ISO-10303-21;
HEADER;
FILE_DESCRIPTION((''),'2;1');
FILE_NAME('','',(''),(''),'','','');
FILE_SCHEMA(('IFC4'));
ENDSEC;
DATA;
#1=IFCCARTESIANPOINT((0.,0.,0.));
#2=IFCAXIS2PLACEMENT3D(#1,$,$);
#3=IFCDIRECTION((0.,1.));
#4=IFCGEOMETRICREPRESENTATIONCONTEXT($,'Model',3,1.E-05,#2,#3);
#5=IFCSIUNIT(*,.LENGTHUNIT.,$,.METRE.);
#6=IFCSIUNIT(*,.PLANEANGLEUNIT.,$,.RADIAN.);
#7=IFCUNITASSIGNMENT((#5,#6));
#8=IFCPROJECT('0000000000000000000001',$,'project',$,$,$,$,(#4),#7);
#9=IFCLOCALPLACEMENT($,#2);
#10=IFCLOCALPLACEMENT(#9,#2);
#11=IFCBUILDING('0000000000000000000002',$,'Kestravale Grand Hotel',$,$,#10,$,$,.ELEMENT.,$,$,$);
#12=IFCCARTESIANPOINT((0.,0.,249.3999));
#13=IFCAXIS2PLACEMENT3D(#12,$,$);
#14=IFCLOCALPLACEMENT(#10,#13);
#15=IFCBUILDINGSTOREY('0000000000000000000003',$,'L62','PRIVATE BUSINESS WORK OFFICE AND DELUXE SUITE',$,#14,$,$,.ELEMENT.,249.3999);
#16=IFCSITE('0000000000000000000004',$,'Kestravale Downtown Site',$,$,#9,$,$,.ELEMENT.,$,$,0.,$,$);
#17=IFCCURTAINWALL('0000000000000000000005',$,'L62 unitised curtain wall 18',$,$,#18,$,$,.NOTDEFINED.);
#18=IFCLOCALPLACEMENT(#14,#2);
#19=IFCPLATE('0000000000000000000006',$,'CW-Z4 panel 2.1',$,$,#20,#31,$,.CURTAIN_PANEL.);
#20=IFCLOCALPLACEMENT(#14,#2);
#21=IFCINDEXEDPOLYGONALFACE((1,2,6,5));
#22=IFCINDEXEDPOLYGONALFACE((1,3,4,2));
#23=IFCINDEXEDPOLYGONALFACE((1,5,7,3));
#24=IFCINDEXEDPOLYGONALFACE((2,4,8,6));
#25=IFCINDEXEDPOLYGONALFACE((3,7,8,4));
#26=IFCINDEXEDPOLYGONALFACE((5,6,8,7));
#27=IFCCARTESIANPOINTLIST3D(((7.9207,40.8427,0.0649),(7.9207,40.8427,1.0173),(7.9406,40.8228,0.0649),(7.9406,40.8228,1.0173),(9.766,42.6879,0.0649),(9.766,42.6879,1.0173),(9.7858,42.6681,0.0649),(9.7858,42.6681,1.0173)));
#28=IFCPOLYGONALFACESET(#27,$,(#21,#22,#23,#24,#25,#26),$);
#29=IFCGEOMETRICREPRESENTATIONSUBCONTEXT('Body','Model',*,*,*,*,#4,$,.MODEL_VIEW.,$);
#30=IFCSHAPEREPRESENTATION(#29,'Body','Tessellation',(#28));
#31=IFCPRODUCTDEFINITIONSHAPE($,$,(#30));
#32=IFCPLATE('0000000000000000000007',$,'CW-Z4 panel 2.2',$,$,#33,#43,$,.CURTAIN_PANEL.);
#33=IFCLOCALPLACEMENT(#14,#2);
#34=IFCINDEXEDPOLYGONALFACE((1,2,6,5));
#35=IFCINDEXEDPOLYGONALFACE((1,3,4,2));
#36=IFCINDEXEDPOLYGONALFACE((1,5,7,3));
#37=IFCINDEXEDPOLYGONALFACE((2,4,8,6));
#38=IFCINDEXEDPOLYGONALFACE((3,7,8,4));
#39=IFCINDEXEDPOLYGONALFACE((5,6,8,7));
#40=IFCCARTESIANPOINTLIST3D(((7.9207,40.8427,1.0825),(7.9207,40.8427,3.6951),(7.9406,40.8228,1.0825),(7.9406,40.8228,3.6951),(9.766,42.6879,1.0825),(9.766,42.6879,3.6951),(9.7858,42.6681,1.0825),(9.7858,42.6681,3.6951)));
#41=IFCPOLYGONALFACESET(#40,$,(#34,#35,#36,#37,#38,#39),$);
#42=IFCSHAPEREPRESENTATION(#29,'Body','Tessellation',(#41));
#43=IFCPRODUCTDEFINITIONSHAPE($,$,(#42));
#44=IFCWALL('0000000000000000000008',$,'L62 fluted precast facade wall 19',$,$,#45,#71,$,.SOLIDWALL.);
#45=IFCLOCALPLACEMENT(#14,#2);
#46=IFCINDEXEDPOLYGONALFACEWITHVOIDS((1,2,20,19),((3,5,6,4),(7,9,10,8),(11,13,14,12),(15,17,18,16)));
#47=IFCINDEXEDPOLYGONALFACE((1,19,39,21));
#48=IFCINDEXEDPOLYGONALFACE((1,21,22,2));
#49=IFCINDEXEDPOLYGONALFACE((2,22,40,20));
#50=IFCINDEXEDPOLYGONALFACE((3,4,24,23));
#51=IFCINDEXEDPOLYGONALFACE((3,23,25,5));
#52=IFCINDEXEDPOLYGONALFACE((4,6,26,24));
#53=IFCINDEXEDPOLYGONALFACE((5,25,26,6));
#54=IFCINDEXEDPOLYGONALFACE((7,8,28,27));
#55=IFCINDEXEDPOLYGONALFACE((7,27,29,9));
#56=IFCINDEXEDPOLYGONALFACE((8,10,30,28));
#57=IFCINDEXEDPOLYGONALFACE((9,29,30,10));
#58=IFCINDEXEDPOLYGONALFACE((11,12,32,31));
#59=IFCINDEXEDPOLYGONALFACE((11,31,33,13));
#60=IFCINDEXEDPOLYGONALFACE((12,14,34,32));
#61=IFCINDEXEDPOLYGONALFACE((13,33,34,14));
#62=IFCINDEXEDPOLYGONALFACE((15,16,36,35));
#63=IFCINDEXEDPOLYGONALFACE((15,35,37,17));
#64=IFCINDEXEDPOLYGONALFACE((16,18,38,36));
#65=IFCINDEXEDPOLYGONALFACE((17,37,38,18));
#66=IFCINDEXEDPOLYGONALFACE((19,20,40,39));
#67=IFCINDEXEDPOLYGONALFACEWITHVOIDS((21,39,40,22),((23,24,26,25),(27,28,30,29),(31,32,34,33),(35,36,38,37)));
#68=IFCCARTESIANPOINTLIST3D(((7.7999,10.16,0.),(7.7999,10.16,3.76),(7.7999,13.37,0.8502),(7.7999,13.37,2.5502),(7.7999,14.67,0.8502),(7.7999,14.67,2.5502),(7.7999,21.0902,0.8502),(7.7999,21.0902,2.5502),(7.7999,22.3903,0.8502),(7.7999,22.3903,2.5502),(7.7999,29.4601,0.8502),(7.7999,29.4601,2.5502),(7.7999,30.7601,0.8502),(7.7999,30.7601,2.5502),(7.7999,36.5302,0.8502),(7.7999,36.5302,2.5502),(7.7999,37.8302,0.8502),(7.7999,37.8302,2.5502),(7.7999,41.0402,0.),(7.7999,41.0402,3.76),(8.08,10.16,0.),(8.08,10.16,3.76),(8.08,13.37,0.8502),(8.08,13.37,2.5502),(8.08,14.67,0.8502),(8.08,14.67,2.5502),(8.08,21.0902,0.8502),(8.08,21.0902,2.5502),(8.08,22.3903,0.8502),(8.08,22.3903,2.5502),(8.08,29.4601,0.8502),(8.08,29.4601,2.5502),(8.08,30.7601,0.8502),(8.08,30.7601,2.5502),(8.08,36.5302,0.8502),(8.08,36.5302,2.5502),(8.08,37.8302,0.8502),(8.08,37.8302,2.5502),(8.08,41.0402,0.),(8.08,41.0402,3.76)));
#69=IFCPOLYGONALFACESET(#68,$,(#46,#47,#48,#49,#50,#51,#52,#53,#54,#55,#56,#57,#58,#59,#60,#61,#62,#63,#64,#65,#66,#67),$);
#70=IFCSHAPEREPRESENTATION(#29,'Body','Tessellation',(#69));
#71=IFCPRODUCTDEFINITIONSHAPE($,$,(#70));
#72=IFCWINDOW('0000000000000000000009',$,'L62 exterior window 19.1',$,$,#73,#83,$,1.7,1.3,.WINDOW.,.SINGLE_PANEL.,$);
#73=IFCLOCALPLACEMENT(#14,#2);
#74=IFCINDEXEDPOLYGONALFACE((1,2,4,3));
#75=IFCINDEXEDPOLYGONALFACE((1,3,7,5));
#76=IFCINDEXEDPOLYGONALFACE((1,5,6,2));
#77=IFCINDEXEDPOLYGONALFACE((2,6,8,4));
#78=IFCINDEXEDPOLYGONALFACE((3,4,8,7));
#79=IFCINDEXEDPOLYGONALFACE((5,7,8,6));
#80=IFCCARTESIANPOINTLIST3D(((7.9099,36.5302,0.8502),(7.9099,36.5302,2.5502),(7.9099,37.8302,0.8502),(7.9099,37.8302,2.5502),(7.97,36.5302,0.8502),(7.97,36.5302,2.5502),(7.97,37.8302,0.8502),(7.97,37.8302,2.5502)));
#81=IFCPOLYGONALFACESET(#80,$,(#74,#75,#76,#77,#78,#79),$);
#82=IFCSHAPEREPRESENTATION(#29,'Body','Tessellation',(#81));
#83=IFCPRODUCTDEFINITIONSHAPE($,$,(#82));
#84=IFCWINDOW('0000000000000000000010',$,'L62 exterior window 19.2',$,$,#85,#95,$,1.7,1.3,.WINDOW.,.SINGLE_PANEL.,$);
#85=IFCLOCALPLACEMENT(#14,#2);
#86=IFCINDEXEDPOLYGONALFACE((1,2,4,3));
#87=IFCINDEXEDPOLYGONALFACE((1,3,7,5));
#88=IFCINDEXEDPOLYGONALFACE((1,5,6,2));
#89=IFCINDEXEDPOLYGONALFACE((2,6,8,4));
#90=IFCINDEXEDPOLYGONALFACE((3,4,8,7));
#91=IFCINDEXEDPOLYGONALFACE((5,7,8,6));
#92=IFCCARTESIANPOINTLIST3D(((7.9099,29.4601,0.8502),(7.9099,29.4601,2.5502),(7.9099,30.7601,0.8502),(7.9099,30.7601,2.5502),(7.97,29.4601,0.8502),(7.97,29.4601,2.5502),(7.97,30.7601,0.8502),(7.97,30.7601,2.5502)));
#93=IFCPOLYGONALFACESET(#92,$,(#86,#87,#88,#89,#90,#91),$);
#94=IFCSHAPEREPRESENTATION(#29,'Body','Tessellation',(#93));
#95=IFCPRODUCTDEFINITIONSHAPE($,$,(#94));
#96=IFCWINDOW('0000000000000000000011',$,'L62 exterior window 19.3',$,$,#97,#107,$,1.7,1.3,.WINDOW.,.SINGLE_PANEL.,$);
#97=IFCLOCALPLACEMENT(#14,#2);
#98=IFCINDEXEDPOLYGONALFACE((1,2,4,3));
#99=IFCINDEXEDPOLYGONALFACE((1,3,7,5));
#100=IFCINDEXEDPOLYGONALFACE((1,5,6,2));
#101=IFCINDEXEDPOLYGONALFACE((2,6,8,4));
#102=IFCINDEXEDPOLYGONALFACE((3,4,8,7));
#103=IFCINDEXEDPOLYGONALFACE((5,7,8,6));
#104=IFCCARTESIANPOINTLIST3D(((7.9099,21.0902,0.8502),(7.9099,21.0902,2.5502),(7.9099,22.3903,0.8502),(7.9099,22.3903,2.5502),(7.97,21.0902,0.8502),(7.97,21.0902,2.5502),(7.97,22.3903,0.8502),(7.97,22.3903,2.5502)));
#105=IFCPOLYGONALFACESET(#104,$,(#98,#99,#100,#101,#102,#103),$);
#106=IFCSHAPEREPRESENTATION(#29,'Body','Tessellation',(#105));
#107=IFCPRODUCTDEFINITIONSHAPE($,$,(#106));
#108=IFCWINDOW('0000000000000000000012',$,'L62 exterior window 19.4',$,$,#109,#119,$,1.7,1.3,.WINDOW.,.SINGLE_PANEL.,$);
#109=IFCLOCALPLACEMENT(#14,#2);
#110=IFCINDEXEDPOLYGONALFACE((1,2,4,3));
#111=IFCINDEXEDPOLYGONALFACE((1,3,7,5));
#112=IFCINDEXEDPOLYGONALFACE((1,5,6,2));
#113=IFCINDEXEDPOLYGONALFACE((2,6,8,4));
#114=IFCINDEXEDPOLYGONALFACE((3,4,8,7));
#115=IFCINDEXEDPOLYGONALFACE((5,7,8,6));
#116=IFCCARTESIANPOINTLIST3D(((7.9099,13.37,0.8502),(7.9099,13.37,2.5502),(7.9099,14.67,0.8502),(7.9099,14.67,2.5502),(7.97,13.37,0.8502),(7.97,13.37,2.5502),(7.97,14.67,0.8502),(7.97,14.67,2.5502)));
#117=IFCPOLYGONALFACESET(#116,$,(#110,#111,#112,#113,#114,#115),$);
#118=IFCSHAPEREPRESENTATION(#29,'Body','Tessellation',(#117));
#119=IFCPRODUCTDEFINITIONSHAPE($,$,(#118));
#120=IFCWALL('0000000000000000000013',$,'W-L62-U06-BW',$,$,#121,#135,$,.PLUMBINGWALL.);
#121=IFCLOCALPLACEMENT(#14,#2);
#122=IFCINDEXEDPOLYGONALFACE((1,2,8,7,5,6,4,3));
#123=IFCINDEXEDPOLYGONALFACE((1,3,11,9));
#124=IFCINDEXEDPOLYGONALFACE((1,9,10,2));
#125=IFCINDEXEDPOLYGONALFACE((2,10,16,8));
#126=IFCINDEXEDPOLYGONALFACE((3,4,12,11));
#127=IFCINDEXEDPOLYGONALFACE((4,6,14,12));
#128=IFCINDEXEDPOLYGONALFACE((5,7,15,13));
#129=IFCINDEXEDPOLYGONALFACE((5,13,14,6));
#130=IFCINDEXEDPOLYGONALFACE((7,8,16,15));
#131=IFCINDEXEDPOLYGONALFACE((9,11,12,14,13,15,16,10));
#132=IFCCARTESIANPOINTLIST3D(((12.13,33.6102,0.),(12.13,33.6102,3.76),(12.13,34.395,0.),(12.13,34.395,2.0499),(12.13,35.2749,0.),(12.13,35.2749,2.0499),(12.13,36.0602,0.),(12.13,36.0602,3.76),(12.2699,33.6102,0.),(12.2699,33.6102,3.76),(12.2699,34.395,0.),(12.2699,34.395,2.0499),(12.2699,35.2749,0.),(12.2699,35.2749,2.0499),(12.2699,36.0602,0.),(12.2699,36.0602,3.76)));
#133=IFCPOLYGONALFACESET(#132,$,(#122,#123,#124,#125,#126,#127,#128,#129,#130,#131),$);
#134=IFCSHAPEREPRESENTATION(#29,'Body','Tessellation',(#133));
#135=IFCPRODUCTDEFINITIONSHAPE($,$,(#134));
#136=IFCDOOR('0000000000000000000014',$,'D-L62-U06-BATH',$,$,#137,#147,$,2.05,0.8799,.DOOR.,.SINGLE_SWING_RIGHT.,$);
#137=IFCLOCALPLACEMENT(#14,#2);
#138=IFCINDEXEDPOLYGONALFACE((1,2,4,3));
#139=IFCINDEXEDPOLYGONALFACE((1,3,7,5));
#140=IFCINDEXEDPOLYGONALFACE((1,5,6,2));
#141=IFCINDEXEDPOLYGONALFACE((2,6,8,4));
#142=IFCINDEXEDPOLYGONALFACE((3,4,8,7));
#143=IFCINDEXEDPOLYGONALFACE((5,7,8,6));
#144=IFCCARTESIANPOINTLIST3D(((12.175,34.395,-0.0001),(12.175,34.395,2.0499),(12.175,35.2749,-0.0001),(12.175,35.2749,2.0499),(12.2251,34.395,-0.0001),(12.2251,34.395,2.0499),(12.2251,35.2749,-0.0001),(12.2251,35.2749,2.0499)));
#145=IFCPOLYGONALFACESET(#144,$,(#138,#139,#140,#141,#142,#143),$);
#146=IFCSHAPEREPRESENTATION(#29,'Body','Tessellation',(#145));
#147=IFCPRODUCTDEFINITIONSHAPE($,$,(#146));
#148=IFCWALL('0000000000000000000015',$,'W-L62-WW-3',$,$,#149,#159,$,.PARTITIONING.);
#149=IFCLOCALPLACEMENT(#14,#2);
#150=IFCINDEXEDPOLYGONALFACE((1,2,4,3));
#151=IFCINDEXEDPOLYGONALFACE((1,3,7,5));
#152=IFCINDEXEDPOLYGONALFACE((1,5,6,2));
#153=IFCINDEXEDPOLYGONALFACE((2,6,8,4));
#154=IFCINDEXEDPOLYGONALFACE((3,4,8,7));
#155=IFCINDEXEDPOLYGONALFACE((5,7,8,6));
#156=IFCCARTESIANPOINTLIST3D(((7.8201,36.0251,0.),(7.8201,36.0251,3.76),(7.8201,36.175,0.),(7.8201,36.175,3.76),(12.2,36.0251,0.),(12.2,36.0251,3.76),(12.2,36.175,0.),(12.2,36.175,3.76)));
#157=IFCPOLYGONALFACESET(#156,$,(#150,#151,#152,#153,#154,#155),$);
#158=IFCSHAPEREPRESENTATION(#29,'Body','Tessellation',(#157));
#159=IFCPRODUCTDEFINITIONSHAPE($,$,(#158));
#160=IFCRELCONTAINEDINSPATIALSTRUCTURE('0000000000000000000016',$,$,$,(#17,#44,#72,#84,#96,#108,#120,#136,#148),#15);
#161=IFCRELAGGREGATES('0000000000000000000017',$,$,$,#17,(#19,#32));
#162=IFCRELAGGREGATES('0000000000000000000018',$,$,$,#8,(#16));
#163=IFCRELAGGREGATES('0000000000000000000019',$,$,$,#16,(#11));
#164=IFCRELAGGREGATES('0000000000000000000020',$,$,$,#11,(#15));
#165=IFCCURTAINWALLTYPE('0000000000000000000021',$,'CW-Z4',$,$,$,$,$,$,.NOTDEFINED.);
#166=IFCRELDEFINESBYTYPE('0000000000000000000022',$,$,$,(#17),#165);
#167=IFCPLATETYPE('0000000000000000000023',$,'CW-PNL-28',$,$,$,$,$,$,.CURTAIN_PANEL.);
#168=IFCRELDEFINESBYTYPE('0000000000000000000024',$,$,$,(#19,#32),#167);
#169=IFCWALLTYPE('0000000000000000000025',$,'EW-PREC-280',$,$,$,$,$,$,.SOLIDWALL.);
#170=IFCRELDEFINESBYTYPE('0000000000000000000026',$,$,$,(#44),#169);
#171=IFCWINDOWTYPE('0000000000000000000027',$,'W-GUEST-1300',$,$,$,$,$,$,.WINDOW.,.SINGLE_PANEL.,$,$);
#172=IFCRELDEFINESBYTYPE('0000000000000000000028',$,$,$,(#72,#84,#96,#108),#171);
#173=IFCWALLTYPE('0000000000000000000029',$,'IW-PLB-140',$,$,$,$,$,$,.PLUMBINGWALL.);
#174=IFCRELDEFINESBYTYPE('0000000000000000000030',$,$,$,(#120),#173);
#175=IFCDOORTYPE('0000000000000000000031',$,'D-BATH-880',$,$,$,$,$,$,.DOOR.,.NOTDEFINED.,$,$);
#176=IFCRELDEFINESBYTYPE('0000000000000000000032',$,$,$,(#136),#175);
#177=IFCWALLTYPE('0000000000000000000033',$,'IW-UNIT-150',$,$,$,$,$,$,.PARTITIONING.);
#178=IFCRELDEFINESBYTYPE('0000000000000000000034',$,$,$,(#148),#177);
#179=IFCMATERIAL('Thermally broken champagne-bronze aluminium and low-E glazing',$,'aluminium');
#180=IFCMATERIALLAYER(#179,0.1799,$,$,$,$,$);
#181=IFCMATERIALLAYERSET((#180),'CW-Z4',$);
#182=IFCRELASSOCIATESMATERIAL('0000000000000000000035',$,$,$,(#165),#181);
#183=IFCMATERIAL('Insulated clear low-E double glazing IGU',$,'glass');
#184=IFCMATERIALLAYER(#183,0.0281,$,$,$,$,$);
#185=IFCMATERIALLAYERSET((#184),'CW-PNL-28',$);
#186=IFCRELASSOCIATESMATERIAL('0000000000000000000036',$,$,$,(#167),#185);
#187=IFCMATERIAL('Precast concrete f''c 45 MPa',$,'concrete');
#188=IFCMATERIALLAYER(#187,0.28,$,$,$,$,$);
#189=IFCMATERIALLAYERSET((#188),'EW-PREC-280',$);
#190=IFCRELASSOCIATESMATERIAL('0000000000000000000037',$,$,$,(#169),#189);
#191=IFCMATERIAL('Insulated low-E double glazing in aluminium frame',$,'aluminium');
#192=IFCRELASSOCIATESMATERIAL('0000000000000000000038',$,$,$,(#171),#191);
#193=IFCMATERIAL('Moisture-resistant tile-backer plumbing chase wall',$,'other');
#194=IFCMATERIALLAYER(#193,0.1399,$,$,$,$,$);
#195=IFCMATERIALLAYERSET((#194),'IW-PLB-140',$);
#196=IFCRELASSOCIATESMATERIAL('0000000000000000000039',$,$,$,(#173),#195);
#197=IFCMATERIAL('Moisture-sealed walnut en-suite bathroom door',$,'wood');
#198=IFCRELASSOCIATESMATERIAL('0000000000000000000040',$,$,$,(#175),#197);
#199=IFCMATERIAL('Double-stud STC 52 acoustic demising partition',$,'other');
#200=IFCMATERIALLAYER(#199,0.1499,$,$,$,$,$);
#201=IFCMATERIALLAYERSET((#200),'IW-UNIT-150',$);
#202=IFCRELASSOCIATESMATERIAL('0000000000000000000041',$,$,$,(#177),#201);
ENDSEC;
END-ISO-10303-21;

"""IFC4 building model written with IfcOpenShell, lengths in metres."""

from ifc_helpers import new_model, si_unit, direction, frame, frame_2d, origin, origin_2d, place, context, subcontext, project, spatial, rectangle, extrude, material, layer, layer_set, type_object, element, fill, aggregate, save


model = new_model("IFC4")

# Units and contexts
model_context = context("Model", 3, precision=1e-05, world=origin(), true_north=direction((0.0, 1.0)))
body_context = subcontext(model_context, "Body", "Model", "MODEL_VIEW")
ifc_project = project(units=[si_unit("LENGTHUNIT", "METRE"), si_unit("PLANEANGLEUNIT", "RADIAN")], contexts=[model_context])

# Site, building, storey
site_placement = place(None, origin())
site = spatial("IfcSite", under=ifc_project, at=site_placement, Name="Kestravale Downtown Site", CompositionType="ELEMENT", RefElevation=0.0)
building_placement = place(site_placement, origin())
building = spatial("IfcBuilding", under=site, at=building_placement, Name="Kestravale Grand Hotel", CompositionType="ELEMENT")
storey_placement = place(building_placement, frame((0.0, 0.0, 249.3999)))
storey = spatial("IfcBuildingStorey", under=building, at=storey_placement, Name="L62", Description="PRIVATE BUSINESS WORK OFFICE AND DELUXE SUITE", CompositionType="ELEMENT", Elevation=249.3999)

# Curtain wall, plates
ifc_material_1 = material(Name="Thermally broken champagne-bronze aluminium and low-E glazing", Category="aluminium")
ifc_layer_1 = layer(ifc_material_1, 0.1799)
ifc_layer_set_1 = layer_set([ifc_layer_1], Name="CW-Z4")
curtain_wall_type = type_object("IfcCurtainWallType", Name="CW-Z4", PredefinedType="NOTDEFINED", material=ifc_layer_set_1)
curtain_wall_placement = place(storey_placement, origin())
curtain_wall = element("IfcCurtainWall", 1, at=curtain_wall_placement, inside=storey, type_object=curtain_wall_type, Name="L62 unitised curtain wall 18", PredefinedType="NOTDEFINED")
ifc_material_2 = material(Name="Insulated clear low-E double glazing IGU", Category="glass")
ifc_layer_2 = layer(ifc_material_2, 0.0281)
ifc_layer_set_2 = layer_set([ifc_layer_2], Name="CW-PNL-28")
plate_type = type_object("IfcPlateType", Name="CW-PNL-28", PredefinedType="CURTAIN_PANEL", material=ifc_layer_set_2)
plate_1_placement = place(storey_placement, frame((8.8533, 41.7554, 0.0649), z_axis=(0.0, 0.0, 1.0), x_axis=(-0.707107, -0.707107, 0.0)))
plate_1 = element("IfcPlate", 2, at=plate_1_placement, type_object=plate_type, Name="CW-Z4 panel 2.1", PredefinedType="CURTAIN_PANEL", context=body_context, shape_type="SweptSolid", body=[
    extrude(rectangle(XDim=2.6096, YDim=0.0281, at=origin_2d()), origin(), (0.0, 0.0, 1.0), 0.9524),
])
plate_2_placement = place(storey_placement, frame((8.8533, 41.7554, 1.0825), z_axis=(0.0, 0.0, 1.0), x_axis=(-0.707107, -0.707107, 0.0)))
plate_2 = element("IfcPlate", 3, at=plate_2_placement, type_object=plate_type, Name="CW-Z4 panel 2.2", PredefinedType="CURTAIN_PANEL", context=body_context, shape_type="SweptSolid", body=[
    extrude(rectangle(XDim=2.6096, YDim=0.0281, at=origin_2d()), origin(), (0.0, 0.0, 1.0), 2.6125),
])
aggregate(curtain_wall, [plate_1, plate_2])

# Wall, openings, windows
ifc_material_3 = material(Name="Precast concrete f'c 45 MPa", Category="concrete")
ifc_layer_3 = layer(ifc_material_3, 0.28)
ifc_layer_set_3 = layer_set([ifc_layer_3], Name="EW-PREC-280")
wall_type_1 = type_object("IfcWallType", Name="EW-PREC-280", PredefinedType="SOLIDWALL", material=ifc_layer_set_3)
wall_1_placement = place(storey_placement, frame((7.9399, 41.04, 0.0), z_axis=(0.0, 0.0, 1.0), x_axis=(0.0, -1.0, 0.0)))
wall_1 = element("IfcWall", 4, at=wall_1_placement, inside=storey, type_object=wall_type_1, Name="L62 fluted precast facade wall 19", PredefinedType="SOLIDWALL", context=body_context, shape_type="SweptSolid", body=[
    extrude(rectangle(XDim=30.8801, YDim=0.28, at=frame_2d((15.4399, 0.0))), origin(), (0.0, 0.0, 1.0), 3.76),
])
opening_1_placement = place(wall_1_placement, frame((3.21, 0.0, 0.8501)))
opening_1 = element("IfcOpeningElement", 5, at=opening_1_placement, cuts=wall_1, PredefinedType="OPENING", context=body_context, shape_type="SweptSolid", body=[
    extrude(rectangle(XDim=1.3, YDim=1.7, at=frame_2d((0.6499, 0.8501))), frame((0.0, 0.1499, 0.0), z_axis=(0.0, -1.0, 0.0), x_axis=(1.0, 0.0, 0.0)), (0.0, 0.0, 1.0), 0.3),
])
opening_2_placement = place(wall_1_placement, frame((10.28, 0.0, 0.8501)))
opening_2 = element("IfcOpeningElement", 6, at=opening_2_placement, cuts=wall_1, PredefinedType="OPENING", context=body_context, shape_type="SweptSolid", body=[
    extrude(rectangle(XDim=1.3, YDim=1.7, at=frame_2d((0.6499, 0.8501))), frame((0.0, 0.1499, 0.0), z_axis=(0.0, -1.0, 0.0), x_axis=(1.0, 0.0, 0.0)), (0.0, 0.0, 1.0), 0.3),
])
opening_3_placement = place(wall_1_placement, frame((18.6499, 0.0, 0.8501)))
opening_3 = element("IfcOpeningElement", 7, at=opening_3_placement, cuts=wall_1, PredefinedType="OPENING", context=body_context, shape_type="SweptSolid", body=[
    extrude(rectangle(XDim=1.3, YDim=1.7, at=frame_2d((0.6499, 0.8501))), frame((0.0, 0.1499, 0.0), z_axis=(0.0, -1.0, 0.0), x_axis=(1.0, 0.0, 0.0)), (0.0, 0.0, 1.0), 0.3),
])
opening_4_placement = place(wall_1_placement, frame((26.3701, 0.0, 0.8501)))
opening_4 = element("IfcOpeningElement", 8, at=opening_4_placement, cuts=wall_1, PredefinedType="OPENING", context=body_context, shape_type="SweptSolid", body=[
    extrude(rectangle(XDim=1.3, YDim=1.7, at=frame_2d((0.6499, 0.8501))), frame((0.0, 0.1499, 0.0), z_axis=(0.0, -1.0, 0.0), x_axis=(1.0, 0.0, 0.0)), (0.0, 0.0, 1.0), 0.3),
])
ifc_material_4 = material(Name="Insulated low-E double glazing in aluminium frame", Category="aluminium")
window_type = type_object("IfcWindowType", Name="W-GUEST-1300", PartitioningType="SINGLE_PANEL", PredefinedType="WINDOW", material=ifc_material_4)
window_1_placement = place(opening_1_placement, origin())
window_1 = element("IfcWindow", 9, at=window_1_placement, inside=storey, type_object=window_type, Name="L62 exterior window 19.1", OverallHeight=1.7, OverallWidth=1.3, PartitioningType="SINGLE_PANEL", PredefinedType="WINDOW", context=body_context, shape_type="SweptSolid", body=[
    extrude(rectangle(XDim=1.3, YDim=1.7, at=frame_2d((0.6499, 0.8501))), frame((0.0, 0.03, 0.0), z_axis=(0.0, -1.0, 0.0), x_axis=(1.0, 0.0, 0.0)), (0.0, 0.0, 1.0), 0.0601),
])
fill(opening_1, window_1)
window_2_placement = place(opening_2_placement, origin())
window_2 = element("IfcWindow", 10, at=window_2_placement, inside=storey, type_object=window_type, Name="L62 exterior window 19.2", OverallHeight=1.7, OverallWidth=1.3, PartitioningType="SINGLE_PANEL", PredefinedType="WINDOW", context=body_context, shape_type="SweptSolid", body=[
    extrude(rectangle(XDim=1.3, YDim=1.7, at=frame_2d((0.6499, 0.8501))), frame((0.0, 0.03, 0.0), z_axis=(0.0, -1.0, 0.0), x_axis=(1.0, 0.0, 0.0)), (0.0, 0.0, 1.0), 0.0601),
])
fill(opening_2, window_2)
window_3_placement = place(opening_3_placement, origin())
window_3 = element("IfcWindow", 11, at=window_3_placement, inside=storey, type_object=window_type, Name="L62 exterior window 19.3", OverallHeight=1.7, OverallWidth=1.3, PartitioningType="SINGLE_PANEL", PredefinedType="WINDOW", context=body_context, shape_type="SweptSolid", body=[
    extrude(rectangle(XDim=1.3, YDim=1.7, at=frame_2d((0.6499, 0.8501))), frame((0.0, 0.03, 0.0), z_axis=(0.0, -1.0, 0.0), x_axis=(1.0, 0.0, 0.0)), (0.0, 0.0, 1.0), 0.0601),
])
fill(opening_3, window_3)
window_4_placement = place(opening_4_placement, origin())
window_4 = element("IfcWindow", 12, at=window_4_placement, inside=storey, type_object=window_type, Name="L62 exterior window 19.4", OverallHeight=1.7, OverallWidth=1.3, PartitioningType="SINGLE_PANEL", PredefinedType="WINDOW", context=body_context, shape_type="SweptSolid", body=[
    extrude(rectangle(XDim=1.3, YDim=1.7, at=frame_2d((0.6499, 0.8501))), frame((0.0, 0.03, 0.0), z_axis=(0.0, -1.0, 0.0), x_axis=(1.0, 0.0, 0.0)), (0.0, 0.0, 1.0), 0.0601),
])
fill(opening_4, window_4)

# Wall, opening, door
ifc_material_5 = material(Name="Moisture-resistant tile-backer plumbing chase wall", Category="other")
ifc_layer_4 = layer(ifc_material_5, 0.1399)
ifc_layer_set_4 = layer_set([ifc_layer_4], Name="IW-PLB-140")
wall_type_2 = type_object("IfcWallType", Name="IW-PLB-140", PredefinedType="PLUMBINGWALL", material=ifc_layer_set_4)
wall_2_placement = place(storey_placement, frame((12.2, 33.6101, 0.0), z_axis=(0.0, 0.0, 1.0), x_axis=(0.0, 1.0, 0.0)))
wall_2 = element("IfcWall", 13, at=wall_2_placement, inside=storey, type_object=wall_type_2, Name="W-L62-U06-BW", PredefinedType="PLUMBINGWALL", context=body_context, shape_type="SweptSolid", body=[
    extrude(rectangle(XDim=2.45, YDim=0.1399, at=frame_2d((1.2251, 0.0))), origin(), (0.0, 0.0, 1.0), 3.76),
])
opening_5_placement = place(wall_2_placement, frame((0.7849, 0.0, 0.0)))
opening_5 = element("IfcOpeningElement", 14, at=opening_5_placement, cuts=wall_2, PredefinedType="OPENING", context=body_context, shape_type="SweptSolid", body=[
    extrude(rectangle(XDim=0.8799, YDim=2.05, at=frame_2d((0.4399, 1.0249))), frame((0.0, 0.0798, 0.0), z_axis=(0.0, -1.0, 0.0), x_axis=(1.0, 0.0, 0.0)), (0.0, 0.0, 1.0), 0.1599),
])
ifc_material_6 = material(Name="Moisture-sealed walnut en-suite bathroom door", Category="wood")
door_type = type_object("IfcDoorType", Name="D-BATH-880", OperationType="NOTDEFINED", PredefinedType="DOOR", material=ifc_material_6)
door_placement = place(opening_5_placement, origin())
door = element("IfcDoor", 15, at=door_placement, inside=storey, type_object=door_type, Name="D-L62-U06-BATH", OperationType="SINGLE_SWING_RIGHT", OverallHeight=2.05, OverallWidth=0.8799, PredefinedType="DOOR", context=body_context, shape_type="SweptSolid", body=[
    extrude(rectangle(XDim=0.8799, YDim=2.05, at=frame_2d((0.4399, 1.0249))), frame((0.0, 0.0249, 0.0), z_axis=(0.0, -1.0, 0.0), x_axis=(1.0, 0.0, 0.0)), (0.0, 0.0, 1.0), 0.05),
])
fill(opening_5, door)

# Wall
ifc_material_7 = material(Name="Double-stud STC 52 acoustic demising partition", Category="other")
ifc_layer_5 = layer(ifc_material_7, 0.1499)
ifc_layer_set_5 = layer_set([ifc_layer_5], Name="IW-UNIT-150")
wall_type_3 = type_object("IfcWallType", Name="IW-UNIT-150", PredefinedType="PARTITIONING", material=ifc_layer_set_5)
wall_3_placement = place(storey_placement, frame((7.8201, 36.1001, 0.0), z_axis=(0.0, 0.0, 1.0), x_axis=(1.0, 0.0, 0.0)))
element("IfcWall", 16, at=wall_3_placement, inside=storey, type_object=wall_type_3, Name="W-L62-WW-3", PredefinedType="PARTITIONING", context=body_context, shape_type="SweptSolid", body=[
    extrude(rectangle(XDim=4.3799, YDim=0.1499, at=frame_2d((2.1899, 0.0))), origin(), (0.0, 0.0, 1.0), 3.76),
])

save(model, "model.ifc")
